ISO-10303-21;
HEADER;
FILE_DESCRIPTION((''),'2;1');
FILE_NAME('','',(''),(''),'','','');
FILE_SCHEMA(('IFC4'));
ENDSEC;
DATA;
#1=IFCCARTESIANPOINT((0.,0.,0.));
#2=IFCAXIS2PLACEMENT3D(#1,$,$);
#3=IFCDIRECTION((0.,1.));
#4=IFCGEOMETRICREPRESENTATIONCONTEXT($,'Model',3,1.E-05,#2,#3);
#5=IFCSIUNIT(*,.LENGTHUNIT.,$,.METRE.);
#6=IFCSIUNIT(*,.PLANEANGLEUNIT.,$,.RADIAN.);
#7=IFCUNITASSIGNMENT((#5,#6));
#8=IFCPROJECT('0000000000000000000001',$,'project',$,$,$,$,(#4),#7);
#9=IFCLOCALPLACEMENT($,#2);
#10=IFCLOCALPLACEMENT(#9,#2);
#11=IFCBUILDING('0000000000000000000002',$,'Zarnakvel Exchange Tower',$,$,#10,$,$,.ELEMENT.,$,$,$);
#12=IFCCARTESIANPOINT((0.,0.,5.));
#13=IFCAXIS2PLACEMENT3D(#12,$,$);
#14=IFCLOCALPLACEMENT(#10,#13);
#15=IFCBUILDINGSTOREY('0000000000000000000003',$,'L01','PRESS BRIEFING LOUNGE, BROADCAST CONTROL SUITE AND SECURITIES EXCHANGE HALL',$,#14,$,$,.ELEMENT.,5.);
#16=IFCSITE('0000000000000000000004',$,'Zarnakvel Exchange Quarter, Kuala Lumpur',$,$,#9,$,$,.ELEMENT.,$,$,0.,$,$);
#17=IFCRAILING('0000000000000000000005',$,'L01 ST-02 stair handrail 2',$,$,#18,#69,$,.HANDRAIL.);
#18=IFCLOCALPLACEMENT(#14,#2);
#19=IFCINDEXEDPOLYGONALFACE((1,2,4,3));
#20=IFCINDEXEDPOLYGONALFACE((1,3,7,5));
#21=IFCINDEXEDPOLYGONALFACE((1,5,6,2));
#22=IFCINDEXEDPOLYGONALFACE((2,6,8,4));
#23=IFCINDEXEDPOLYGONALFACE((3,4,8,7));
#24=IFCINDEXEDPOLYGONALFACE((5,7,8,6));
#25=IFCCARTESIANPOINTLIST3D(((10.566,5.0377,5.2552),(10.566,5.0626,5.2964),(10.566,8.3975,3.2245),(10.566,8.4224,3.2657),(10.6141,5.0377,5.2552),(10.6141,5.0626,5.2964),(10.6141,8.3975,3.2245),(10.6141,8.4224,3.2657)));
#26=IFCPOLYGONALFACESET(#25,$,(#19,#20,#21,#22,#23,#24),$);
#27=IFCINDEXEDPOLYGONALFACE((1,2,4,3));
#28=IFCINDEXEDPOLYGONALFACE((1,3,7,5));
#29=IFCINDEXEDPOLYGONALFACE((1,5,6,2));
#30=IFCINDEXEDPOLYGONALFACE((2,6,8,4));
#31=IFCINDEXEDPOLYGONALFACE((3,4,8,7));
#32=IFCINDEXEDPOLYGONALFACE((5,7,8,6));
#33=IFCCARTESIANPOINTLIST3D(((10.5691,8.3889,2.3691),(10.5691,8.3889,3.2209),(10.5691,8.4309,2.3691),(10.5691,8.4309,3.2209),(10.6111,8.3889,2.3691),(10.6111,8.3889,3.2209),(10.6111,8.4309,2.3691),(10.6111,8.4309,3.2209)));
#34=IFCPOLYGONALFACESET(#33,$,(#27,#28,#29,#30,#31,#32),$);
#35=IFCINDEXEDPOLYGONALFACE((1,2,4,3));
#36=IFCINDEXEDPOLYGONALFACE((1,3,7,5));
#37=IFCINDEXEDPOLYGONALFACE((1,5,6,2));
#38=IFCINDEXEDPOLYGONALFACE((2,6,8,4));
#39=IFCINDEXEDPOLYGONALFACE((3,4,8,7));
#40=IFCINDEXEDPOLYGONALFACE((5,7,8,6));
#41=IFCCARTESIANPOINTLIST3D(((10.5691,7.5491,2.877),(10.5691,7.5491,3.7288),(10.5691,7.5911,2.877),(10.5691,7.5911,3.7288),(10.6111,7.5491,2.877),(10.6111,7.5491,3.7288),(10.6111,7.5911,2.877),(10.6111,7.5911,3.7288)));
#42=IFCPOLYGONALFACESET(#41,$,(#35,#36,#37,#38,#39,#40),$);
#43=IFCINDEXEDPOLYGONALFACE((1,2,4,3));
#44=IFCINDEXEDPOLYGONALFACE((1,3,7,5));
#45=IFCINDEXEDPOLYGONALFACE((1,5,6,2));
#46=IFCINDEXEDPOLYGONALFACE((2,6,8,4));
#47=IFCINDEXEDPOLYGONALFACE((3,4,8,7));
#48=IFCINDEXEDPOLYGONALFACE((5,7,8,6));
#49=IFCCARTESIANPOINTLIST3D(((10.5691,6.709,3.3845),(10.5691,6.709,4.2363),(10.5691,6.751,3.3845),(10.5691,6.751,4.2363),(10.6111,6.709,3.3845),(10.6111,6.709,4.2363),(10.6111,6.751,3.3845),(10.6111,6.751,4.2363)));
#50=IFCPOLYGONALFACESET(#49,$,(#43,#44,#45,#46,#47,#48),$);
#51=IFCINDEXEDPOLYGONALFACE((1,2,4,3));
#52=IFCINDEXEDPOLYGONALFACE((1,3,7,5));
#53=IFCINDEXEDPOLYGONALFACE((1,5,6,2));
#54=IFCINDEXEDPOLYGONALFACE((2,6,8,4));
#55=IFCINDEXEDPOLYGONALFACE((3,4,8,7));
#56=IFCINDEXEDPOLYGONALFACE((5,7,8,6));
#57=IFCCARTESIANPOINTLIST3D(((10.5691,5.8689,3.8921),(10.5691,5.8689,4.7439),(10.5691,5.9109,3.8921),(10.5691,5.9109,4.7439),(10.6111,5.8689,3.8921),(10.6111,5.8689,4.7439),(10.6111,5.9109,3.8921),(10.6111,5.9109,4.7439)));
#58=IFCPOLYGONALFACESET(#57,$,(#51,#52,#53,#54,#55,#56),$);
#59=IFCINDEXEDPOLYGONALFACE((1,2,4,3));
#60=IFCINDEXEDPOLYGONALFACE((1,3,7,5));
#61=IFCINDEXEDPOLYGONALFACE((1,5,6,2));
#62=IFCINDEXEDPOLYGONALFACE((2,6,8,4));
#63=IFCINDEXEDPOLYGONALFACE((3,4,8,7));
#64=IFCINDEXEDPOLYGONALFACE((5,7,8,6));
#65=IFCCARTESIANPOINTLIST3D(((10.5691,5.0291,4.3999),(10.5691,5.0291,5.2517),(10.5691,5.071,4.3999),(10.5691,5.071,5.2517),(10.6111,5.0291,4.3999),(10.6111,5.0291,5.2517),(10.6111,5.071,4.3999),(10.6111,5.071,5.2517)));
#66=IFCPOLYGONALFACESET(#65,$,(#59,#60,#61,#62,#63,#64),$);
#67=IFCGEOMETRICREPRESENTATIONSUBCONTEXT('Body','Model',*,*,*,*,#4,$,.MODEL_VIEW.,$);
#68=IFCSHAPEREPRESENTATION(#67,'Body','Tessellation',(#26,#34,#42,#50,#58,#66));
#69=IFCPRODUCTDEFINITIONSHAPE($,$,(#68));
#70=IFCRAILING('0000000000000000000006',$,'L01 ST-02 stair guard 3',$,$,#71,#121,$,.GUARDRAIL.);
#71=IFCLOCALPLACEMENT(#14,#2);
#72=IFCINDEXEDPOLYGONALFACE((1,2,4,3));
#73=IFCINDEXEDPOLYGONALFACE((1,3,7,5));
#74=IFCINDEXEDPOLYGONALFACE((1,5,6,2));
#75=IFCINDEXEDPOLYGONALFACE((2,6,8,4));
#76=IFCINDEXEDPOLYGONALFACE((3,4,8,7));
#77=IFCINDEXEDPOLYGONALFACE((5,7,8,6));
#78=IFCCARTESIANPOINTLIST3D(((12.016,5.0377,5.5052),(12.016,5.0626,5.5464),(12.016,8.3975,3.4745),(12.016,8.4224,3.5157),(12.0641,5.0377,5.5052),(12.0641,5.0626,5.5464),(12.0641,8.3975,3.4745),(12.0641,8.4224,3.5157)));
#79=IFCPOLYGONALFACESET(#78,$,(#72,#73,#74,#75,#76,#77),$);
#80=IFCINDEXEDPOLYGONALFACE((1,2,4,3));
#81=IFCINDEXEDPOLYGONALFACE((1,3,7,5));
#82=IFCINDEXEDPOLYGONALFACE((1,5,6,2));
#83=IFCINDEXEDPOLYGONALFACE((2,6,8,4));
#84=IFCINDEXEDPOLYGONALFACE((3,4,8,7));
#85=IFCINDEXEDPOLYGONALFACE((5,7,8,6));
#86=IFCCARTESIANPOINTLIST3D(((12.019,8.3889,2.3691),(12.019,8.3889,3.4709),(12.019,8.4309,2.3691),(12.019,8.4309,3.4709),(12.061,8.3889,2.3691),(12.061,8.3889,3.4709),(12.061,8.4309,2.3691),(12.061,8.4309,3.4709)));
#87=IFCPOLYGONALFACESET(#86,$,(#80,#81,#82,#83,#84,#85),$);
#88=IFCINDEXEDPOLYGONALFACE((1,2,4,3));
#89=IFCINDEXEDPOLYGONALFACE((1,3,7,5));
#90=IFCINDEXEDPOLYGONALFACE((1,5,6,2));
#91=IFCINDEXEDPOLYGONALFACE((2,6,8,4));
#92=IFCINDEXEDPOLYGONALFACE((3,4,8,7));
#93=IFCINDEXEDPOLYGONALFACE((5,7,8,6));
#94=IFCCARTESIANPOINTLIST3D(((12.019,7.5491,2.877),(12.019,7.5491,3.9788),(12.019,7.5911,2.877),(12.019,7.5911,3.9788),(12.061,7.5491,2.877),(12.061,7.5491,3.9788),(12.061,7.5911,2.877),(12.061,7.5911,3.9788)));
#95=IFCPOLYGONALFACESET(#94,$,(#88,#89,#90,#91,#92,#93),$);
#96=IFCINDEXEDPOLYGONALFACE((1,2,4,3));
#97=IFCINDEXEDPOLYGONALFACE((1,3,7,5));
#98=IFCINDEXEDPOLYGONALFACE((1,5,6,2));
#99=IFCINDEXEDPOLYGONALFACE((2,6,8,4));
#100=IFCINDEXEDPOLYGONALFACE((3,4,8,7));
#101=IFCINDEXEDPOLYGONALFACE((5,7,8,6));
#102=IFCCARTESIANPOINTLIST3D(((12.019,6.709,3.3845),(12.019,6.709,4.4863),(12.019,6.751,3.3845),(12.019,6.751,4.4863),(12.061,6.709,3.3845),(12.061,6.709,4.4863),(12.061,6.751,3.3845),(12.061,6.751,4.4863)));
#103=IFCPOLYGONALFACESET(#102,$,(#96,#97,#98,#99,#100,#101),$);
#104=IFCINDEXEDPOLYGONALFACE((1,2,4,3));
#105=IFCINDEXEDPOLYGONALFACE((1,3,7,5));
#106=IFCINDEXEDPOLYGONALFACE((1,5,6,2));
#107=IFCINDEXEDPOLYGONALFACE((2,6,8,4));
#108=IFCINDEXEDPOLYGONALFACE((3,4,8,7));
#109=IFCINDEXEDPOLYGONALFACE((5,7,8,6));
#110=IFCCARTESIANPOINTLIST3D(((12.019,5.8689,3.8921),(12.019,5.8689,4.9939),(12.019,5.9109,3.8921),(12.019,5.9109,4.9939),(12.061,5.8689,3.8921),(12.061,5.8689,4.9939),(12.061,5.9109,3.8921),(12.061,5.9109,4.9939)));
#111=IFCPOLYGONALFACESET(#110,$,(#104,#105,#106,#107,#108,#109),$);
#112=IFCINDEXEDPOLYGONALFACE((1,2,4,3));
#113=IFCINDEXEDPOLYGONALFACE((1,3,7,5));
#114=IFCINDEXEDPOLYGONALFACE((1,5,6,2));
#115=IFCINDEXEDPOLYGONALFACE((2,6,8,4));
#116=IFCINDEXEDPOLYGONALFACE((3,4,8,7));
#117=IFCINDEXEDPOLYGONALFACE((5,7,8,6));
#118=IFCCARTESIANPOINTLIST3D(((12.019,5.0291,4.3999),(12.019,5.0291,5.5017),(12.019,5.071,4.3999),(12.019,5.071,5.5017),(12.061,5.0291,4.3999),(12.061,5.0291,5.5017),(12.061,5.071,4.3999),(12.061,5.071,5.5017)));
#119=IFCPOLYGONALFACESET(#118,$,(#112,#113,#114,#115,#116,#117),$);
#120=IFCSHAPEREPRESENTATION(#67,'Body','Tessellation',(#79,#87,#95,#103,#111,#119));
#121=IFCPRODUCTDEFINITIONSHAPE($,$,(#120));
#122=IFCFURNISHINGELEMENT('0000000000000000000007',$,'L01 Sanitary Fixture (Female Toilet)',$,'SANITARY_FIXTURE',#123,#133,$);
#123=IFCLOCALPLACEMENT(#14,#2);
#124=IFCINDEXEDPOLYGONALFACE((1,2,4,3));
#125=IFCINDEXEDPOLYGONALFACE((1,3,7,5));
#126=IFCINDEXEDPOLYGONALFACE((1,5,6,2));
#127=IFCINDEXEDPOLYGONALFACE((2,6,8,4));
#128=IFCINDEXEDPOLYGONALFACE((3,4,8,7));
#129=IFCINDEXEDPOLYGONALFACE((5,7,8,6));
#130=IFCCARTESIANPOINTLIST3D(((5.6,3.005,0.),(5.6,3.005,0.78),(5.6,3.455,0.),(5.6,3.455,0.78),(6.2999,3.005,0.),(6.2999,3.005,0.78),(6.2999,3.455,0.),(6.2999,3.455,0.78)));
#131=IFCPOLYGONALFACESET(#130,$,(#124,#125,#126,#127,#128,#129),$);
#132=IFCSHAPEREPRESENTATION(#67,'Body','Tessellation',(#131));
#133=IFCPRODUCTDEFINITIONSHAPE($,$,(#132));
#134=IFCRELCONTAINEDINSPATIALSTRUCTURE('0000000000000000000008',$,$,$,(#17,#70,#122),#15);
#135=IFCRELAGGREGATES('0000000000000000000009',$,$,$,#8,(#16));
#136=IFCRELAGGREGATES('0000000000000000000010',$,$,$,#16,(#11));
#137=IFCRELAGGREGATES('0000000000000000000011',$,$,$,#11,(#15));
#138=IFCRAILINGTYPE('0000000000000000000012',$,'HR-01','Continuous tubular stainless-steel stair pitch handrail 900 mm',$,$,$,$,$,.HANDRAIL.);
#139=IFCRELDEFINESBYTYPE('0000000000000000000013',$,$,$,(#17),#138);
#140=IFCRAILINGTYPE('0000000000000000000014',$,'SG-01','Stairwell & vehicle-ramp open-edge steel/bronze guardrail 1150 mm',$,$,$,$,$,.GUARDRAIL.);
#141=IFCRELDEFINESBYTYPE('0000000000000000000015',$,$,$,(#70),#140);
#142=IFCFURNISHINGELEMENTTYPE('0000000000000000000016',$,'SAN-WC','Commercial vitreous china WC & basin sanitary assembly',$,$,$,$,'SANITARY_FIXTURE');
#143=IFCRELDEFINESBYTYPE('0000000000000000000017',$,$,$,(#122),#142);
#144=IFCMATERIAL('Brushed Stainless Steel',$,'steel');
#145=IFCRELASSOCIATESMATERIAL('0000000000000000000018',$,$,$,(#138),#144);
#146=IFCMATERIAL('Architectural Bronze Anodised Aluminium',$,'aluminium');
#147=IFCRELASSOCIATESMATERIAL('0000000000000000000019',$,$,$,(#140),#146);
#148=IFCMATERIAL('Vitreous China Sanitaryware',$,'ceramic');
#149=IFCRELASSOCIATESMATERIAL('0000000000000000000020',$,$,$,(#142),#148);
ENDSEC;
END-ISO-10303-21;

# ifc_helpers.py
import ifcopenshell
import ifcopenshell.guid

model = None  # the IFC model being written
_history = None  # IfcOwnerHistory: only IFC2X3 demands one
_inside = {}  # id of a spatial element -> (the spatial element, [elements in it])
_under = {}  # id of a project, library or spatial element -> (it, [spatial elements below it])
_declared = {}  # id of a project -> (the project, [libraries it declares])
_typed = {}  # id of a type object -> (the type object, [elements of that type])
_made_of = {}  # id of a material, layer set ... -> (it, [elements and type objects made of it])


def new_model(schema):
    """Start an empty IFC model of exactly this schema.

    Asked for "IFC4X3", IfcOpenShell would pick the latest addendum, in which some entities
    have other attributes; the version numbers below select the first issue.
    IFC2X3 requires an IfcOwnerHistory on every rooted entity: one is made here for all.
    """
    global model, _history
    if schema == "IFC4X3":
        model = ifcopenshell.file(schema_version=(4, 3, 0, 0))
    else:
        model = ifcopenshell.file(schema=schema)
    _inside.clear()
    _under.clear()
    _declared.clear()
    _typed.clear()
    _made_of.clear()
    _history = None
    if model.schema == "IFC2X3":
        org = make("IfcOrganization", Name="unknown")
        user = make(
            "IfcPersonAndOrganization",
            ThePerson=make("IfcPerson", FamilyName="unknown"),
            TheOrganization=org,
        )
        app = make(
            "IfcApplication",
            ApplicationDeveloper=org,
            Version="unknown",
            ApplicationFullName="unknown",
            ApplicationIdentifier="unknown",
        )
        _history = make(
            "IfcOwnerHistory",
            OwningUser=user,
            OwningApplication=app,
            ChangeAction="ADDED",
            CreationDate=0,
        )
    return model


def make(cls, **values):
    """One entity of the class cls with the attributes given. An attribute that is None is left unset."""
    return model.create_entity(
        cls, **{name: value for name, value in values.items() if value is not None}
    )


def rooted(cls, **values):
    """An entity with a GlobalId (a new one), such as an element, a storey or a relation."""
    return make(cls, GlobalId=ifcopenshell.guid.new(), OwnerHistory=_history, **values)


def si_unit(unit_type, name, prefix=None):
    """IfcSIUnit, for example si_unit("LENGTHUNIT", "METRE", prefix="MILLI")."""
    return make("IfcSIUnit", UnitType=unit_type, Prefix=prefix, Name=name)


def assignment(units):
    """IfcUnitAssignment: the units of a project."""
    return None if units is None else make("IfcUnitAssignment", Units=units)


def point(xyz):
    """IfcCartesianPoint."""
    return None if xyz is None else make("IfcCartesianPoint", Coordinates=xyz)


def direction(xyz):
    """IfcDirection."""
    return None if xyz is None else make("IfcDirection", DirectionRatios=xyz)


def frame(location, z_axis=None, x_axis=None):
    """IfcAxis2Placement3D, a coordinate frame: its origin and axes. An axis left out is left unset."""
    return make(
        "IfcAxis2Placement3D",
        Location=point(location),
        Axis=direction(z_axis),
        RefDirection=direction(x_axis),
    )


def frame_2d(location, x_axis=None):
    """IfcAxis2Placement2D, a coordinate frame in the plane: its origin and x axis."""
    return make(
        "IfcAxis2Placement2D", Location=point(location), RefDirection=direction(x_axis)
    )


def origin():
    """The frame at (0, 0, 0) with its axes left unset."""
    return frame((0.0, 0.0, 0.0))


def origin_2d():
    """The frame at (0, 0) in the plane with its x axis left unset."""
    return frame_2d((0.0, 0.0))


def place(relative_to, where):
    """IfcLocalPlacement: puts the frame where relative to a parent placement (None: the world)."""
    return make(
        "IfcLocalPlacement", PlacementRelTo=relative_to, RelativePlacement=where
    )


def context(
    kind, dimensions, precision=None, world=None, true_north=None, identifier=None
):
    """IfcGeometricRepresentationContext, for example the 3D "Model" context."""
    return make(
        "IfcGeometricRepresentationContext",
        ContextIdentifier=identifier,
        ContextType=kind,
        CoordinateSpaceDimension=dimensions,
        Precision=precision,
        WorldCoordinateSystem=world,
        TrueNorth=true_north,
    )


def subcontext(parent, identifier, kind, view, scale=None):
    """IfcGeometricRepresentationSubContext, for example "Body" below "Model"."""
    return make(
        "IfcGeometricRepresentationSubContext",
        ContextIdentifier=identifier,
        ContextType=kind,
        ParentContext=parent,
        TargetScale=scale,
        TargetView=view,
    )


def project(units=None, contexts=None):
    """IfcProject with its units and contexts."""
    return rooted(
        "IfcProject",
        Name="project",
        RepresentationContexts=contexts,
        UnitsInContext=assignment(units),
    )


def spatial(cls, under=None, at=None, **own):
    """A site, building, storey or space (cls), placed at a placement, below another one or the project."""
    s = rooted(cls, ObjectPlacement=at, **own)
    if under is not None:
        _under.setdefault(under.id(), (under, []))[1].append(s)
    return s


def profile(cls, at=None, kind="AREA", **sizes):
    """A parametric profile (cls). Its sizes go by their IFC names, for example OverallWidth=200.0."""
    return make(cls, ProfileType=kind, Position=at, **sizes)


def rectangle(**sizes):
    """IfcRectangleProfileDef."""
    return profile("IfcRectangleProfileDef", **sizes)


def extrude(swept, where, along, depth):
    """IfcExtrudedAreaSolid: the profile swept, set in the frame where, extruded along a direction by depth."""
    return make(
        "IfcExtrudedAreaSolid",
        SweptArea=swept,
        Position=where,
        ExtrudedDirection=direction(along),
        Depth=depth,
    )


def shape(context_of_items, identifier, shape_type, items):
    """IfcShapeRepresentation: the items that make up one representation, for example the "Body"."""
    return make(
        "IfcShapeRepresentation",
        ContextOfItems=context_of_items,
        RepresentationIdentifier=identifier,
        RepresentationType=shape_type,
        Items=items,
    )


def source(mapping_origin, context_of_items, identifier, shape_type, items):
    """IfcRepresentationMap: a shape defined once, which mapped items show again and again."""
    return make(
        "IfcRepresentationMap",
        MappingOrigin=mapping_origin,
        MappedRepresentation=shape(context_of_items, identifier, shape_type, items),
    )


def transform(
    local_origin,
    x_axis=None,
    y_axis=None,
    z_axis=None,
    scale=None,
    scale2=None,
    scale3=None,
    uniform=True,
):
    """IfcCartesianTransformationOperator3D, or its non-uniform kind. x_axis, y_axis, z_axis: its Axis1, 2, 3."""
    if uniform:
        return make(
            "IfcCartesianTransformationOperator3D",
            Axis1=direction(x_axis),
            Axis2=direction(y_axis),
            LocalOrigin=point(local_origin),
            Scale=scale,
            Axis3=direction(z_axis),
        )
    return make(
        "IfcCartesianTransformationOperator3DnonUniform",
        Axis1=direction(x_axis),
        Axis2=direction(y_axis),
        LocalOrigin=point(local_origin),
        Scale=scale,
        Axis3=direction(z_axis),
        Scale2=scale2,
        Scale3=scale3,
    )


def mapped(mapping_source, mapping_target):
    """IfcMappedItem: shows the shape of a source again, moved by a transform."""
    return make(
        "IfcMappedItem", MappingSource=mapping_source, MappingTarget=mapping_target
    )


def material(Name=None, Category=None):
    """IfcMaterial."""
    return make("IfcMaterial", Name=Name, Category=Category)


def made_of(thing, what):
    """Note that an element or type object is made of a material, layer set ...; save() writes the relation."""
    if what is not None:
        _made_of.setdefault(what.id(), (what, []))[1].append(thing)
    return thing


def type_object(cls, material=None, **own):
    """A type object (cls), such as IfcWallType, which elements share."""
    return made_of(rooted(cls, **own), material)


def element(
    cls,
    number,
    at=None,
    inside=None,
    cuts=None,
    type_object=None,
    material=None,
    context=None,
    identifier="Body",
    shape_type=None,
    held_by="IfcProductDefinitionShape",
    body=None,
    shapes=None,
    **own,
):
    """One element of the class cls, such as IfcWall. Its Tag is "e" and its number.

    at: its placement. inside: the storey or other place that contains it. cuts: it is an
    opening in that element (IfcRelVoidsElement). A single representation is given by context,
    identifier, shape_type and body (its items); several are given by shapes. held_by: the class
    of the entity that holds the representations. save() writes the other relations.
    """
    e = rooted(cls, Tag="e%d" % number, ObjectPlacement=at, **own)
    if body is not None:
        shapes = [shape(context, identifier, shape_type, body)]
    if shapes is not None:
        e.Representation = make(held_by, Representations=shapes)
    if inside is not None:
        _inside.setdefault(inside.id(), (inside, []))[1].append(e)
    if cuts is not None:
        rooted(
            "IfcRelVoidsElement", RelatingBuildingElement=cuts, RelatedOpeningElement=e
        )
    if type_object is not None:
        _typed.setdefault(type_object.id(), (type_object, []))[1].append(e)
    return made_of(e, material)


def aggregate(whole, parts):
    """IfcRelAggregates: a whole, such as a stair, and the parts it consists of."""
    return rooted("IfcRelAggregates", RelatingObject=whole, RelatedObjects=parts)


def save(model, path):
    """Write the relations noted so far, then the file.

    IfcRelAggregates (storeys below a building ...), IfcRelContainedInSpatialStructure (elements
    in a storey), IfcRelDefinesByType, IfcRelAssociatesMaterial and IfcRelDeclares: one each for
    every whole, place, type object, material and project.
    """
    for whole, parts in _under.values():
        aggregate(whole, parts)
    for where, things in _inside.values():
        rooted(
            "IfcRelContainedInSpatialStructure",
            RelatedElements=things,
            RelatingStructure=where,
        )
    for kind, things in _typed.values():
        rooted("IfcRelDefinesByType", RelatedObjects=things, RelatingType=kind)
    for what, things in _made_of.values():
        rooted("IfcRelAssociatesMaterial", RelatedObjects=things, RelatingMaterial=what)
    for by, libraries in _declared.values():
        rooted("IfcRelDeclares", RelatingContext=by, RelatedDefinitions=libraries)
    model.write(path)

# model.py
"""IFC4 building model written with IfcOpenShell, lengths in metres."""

from ifc_helpers import new_model, si_unit, direction, frame, origin, origin_2d, place, context, subcontext, project, spatial, rectangle, extrude, source, transform, mapped, material, type_object, element, save


model = new_model("IFC4")

# Units and contexts
model_context = context("Model", 3, precision=1e-05, world=origin(), true_north=direction((0.0, 1.0)))
body_context = subcontext(model_context, "Body", "Model", "MODEL_VIEW")
ifc_project = project(units=[si_unit("LENGTHUNIT", "METRE"), si_unit("PLANEANGLEUNIT", "RADIAN")], contexts=[model_context])

# Site, building, storey
site_placement = place(None, origin())
site = spatial("IfcSite", under=ifc_project, at=site_placement, Name="Zarnakvel Exchange Quarter, Kuala Lumpur", CompositionType="ELEMENT", RefElevation=0.0)
building_placement = place(site_placement, origin())
building = spatial("IfcBuilding", under=site, at=building_placement, Name="Zarnakvel Exchange Tower", CompositionType="ELEMENT")
storey_placement = place(building_placement, frame((0.0, 0.0, 5.0)))
storey = spatial("IfcBuildingStorey", under=building, at=storey_placement, Name="L01", Description="PRESS BRIEFING LOUNGE, BROADCAST CONTROL SUITE AND SECURITIES EXCHANGE HALL", CompositionType="ELEMENT", Elevation=5.0)

# Shared definitions
ifc_material_1 = material(Name="Brushed Stainless Steel", Category="steel")

# Railings
railing_type_1 = type_object("IfcRailingType", Name="HR-01", Description="Continuous tubular stainless-steel stair pitch handrail 900 mm", PredefinedType="HANDRAIL", material=ifc_material_1)
railing_1_placement = place(storey_placement, frame((10.5901, 8.4099, 2.3691)))
element("IfcRailing", 1, at=railing_1_placement, inside=storey, type_object=railing_type_1, Name="L01 ST-02 stair handrail 2", PredefinedType="HANDRAIL", context=body_context, shape_type="SweptSolid", body=[
    extrude(rectangle(XDim=0.0481, YDim=0.0481, at=origin_2d()), frame((0.0, 0.0, 0.876), z_axis=(0.0, -0.85582, 0.517273), x_axis=(1.0, 0.0, 0.0)), (0.0, 0.0, 1.0), 3.9258),
    extrude(rectangle(XDim=0.042, YDim=0.042, at=origin_2d()), origin(), (0.0, 0.0, 1.0), 0.8518),
    extrude(rectangle(XDim=0.042, YDim=0.042, at=origin_2d()), frame((0.0, -0.8398, 0.5078)), (0.0, 0.0, 1.0), 0.8518),
    extrude(rectangle(XDim=0.042, YDim=0.042, at=origin_2d()), frame((0.0, -1.6799, 1.0154)), (0.0, 0.0, 1.0), 0.8518),
    extrude(rectangle(XDim=0.042, YDim=0.042, at=origin_2d()), frame((0.0, -2.52, 1.5229)), (0.0, 0.0, 1.0), 0.8518),
    extrude(rectangle(XDim=0.042, YDim=0.042, at=origin_2d()), frame((0.0, -3.3599, 2.0308)), (0.0, 0.0, 1.0), 0.8518),
])
ifc_material_2 = material(Name="Architectural Bronze Anodised Aluminium", Category="aluminium")
railing_type_2 = type_object("IfcRailingType", Name="SG-01", Description="Stairwell & vehicle-ramp open-edge steel/bronze guardrail 1150 mm", PredefinedType="GUARDRAIL", material=ifc_material_2)
railing_2_placement = place(storey_placement, frame((12.04, 8.4099, 2.3691)))
element("IfcRailing", 2, at=railing_2_placement, inside=storey, type_object=railing_type_2, Name="L01 ST-02 stair guard 3", PredefinedType="GUARDRAIL", context=body_context, shape_type="SweptSolid", body=[
    extrude(rectangle(XDim=0.0481, YDim=0.0481, at=origin_2d()), frame((0.0, 0.0, 1.126), z_axis=(0.0, -0.85582, 0.517273), x_axis=(1.0, 0.0, 0.0)), (0.0, 0.0, 1.0), 3.9258),
    extrude(rectangle(XDim=0.042, YDim=0.042, at=origin_2d()), origin(), (0.0, 0.0, 1.0), 1.1018),
    extrude(rectangle(XDim=0.042, YDim=0.042, at=origin_2d()), frame((0.0, -0.8398, 0.5078)), (0.0, 0.0, 1.0), 1.1018),
    extrude(rectangle(XDim=0.042, YDim=0.042, at=origin_2d()), frame((0.0, -1.6799, 1.0154)), (0.0, 0.0, 1.0), 1.1018),
    extrude(rectangle(XDim=0.042, YDim=0.042, at=origin_2d()), frame((0.0, -2.52, 1.5229)), (0.0, 0.0, 1.0), 1.1018),
    extrude(rectangle(XDim=0.042, YDim=0.042, at=origin_2d()), frame((0.0, -3.3599, 2.0308)), (0.0, 0.0, 1.0), 1.1018),
])

# Furnishing element
ifc_material_3 = material(Name="Vitreous China Sanitaryware", Category="ceramic")
furnishing_element_type = type_object("IfcFurnishingElementType", Name="SAN-WC", Description="Commercial vitreous china WC & basin sanitary assembly", ElementType="SANITARY_FIXTURE", material=ifc_material_3)
shared_shape_1 = source(origin(), body_context, "Body", "SweptSolid", [
    extrude(rectangle(XDim=0.7, YDim=0.45, at=origin_2d()), origin(), (0.0, 0.0, 1.0), 0.78),
])
furnishing_placement = place(storey_placement, frame((5.95, 3.23, 0.0), z_axis=(0.0, 0.0, 1.0), x_axis=(1.0, 0.0, 0.0)))
element("IfcFurnishingElement", 3, at=furnishing_placement, inside=storey, type_object=furnishing_element_type, Name="L01 Sanitary Fixture (Female Toilet)", ObjectType="SANITARY_FIXTURE", context=body_context, shape_type="MappedRepresentation", body=[
    mapped(shared_shape_1, transform((0.0, 0.0, 0.0), x_axis=(1.0, 0.0, 0.0), y_axis=(0.0, 1.0, 0.0), z_axis=(0.0, 0.0, 1.0), scale=1.0)),
])

save(model, "model.ifc")
